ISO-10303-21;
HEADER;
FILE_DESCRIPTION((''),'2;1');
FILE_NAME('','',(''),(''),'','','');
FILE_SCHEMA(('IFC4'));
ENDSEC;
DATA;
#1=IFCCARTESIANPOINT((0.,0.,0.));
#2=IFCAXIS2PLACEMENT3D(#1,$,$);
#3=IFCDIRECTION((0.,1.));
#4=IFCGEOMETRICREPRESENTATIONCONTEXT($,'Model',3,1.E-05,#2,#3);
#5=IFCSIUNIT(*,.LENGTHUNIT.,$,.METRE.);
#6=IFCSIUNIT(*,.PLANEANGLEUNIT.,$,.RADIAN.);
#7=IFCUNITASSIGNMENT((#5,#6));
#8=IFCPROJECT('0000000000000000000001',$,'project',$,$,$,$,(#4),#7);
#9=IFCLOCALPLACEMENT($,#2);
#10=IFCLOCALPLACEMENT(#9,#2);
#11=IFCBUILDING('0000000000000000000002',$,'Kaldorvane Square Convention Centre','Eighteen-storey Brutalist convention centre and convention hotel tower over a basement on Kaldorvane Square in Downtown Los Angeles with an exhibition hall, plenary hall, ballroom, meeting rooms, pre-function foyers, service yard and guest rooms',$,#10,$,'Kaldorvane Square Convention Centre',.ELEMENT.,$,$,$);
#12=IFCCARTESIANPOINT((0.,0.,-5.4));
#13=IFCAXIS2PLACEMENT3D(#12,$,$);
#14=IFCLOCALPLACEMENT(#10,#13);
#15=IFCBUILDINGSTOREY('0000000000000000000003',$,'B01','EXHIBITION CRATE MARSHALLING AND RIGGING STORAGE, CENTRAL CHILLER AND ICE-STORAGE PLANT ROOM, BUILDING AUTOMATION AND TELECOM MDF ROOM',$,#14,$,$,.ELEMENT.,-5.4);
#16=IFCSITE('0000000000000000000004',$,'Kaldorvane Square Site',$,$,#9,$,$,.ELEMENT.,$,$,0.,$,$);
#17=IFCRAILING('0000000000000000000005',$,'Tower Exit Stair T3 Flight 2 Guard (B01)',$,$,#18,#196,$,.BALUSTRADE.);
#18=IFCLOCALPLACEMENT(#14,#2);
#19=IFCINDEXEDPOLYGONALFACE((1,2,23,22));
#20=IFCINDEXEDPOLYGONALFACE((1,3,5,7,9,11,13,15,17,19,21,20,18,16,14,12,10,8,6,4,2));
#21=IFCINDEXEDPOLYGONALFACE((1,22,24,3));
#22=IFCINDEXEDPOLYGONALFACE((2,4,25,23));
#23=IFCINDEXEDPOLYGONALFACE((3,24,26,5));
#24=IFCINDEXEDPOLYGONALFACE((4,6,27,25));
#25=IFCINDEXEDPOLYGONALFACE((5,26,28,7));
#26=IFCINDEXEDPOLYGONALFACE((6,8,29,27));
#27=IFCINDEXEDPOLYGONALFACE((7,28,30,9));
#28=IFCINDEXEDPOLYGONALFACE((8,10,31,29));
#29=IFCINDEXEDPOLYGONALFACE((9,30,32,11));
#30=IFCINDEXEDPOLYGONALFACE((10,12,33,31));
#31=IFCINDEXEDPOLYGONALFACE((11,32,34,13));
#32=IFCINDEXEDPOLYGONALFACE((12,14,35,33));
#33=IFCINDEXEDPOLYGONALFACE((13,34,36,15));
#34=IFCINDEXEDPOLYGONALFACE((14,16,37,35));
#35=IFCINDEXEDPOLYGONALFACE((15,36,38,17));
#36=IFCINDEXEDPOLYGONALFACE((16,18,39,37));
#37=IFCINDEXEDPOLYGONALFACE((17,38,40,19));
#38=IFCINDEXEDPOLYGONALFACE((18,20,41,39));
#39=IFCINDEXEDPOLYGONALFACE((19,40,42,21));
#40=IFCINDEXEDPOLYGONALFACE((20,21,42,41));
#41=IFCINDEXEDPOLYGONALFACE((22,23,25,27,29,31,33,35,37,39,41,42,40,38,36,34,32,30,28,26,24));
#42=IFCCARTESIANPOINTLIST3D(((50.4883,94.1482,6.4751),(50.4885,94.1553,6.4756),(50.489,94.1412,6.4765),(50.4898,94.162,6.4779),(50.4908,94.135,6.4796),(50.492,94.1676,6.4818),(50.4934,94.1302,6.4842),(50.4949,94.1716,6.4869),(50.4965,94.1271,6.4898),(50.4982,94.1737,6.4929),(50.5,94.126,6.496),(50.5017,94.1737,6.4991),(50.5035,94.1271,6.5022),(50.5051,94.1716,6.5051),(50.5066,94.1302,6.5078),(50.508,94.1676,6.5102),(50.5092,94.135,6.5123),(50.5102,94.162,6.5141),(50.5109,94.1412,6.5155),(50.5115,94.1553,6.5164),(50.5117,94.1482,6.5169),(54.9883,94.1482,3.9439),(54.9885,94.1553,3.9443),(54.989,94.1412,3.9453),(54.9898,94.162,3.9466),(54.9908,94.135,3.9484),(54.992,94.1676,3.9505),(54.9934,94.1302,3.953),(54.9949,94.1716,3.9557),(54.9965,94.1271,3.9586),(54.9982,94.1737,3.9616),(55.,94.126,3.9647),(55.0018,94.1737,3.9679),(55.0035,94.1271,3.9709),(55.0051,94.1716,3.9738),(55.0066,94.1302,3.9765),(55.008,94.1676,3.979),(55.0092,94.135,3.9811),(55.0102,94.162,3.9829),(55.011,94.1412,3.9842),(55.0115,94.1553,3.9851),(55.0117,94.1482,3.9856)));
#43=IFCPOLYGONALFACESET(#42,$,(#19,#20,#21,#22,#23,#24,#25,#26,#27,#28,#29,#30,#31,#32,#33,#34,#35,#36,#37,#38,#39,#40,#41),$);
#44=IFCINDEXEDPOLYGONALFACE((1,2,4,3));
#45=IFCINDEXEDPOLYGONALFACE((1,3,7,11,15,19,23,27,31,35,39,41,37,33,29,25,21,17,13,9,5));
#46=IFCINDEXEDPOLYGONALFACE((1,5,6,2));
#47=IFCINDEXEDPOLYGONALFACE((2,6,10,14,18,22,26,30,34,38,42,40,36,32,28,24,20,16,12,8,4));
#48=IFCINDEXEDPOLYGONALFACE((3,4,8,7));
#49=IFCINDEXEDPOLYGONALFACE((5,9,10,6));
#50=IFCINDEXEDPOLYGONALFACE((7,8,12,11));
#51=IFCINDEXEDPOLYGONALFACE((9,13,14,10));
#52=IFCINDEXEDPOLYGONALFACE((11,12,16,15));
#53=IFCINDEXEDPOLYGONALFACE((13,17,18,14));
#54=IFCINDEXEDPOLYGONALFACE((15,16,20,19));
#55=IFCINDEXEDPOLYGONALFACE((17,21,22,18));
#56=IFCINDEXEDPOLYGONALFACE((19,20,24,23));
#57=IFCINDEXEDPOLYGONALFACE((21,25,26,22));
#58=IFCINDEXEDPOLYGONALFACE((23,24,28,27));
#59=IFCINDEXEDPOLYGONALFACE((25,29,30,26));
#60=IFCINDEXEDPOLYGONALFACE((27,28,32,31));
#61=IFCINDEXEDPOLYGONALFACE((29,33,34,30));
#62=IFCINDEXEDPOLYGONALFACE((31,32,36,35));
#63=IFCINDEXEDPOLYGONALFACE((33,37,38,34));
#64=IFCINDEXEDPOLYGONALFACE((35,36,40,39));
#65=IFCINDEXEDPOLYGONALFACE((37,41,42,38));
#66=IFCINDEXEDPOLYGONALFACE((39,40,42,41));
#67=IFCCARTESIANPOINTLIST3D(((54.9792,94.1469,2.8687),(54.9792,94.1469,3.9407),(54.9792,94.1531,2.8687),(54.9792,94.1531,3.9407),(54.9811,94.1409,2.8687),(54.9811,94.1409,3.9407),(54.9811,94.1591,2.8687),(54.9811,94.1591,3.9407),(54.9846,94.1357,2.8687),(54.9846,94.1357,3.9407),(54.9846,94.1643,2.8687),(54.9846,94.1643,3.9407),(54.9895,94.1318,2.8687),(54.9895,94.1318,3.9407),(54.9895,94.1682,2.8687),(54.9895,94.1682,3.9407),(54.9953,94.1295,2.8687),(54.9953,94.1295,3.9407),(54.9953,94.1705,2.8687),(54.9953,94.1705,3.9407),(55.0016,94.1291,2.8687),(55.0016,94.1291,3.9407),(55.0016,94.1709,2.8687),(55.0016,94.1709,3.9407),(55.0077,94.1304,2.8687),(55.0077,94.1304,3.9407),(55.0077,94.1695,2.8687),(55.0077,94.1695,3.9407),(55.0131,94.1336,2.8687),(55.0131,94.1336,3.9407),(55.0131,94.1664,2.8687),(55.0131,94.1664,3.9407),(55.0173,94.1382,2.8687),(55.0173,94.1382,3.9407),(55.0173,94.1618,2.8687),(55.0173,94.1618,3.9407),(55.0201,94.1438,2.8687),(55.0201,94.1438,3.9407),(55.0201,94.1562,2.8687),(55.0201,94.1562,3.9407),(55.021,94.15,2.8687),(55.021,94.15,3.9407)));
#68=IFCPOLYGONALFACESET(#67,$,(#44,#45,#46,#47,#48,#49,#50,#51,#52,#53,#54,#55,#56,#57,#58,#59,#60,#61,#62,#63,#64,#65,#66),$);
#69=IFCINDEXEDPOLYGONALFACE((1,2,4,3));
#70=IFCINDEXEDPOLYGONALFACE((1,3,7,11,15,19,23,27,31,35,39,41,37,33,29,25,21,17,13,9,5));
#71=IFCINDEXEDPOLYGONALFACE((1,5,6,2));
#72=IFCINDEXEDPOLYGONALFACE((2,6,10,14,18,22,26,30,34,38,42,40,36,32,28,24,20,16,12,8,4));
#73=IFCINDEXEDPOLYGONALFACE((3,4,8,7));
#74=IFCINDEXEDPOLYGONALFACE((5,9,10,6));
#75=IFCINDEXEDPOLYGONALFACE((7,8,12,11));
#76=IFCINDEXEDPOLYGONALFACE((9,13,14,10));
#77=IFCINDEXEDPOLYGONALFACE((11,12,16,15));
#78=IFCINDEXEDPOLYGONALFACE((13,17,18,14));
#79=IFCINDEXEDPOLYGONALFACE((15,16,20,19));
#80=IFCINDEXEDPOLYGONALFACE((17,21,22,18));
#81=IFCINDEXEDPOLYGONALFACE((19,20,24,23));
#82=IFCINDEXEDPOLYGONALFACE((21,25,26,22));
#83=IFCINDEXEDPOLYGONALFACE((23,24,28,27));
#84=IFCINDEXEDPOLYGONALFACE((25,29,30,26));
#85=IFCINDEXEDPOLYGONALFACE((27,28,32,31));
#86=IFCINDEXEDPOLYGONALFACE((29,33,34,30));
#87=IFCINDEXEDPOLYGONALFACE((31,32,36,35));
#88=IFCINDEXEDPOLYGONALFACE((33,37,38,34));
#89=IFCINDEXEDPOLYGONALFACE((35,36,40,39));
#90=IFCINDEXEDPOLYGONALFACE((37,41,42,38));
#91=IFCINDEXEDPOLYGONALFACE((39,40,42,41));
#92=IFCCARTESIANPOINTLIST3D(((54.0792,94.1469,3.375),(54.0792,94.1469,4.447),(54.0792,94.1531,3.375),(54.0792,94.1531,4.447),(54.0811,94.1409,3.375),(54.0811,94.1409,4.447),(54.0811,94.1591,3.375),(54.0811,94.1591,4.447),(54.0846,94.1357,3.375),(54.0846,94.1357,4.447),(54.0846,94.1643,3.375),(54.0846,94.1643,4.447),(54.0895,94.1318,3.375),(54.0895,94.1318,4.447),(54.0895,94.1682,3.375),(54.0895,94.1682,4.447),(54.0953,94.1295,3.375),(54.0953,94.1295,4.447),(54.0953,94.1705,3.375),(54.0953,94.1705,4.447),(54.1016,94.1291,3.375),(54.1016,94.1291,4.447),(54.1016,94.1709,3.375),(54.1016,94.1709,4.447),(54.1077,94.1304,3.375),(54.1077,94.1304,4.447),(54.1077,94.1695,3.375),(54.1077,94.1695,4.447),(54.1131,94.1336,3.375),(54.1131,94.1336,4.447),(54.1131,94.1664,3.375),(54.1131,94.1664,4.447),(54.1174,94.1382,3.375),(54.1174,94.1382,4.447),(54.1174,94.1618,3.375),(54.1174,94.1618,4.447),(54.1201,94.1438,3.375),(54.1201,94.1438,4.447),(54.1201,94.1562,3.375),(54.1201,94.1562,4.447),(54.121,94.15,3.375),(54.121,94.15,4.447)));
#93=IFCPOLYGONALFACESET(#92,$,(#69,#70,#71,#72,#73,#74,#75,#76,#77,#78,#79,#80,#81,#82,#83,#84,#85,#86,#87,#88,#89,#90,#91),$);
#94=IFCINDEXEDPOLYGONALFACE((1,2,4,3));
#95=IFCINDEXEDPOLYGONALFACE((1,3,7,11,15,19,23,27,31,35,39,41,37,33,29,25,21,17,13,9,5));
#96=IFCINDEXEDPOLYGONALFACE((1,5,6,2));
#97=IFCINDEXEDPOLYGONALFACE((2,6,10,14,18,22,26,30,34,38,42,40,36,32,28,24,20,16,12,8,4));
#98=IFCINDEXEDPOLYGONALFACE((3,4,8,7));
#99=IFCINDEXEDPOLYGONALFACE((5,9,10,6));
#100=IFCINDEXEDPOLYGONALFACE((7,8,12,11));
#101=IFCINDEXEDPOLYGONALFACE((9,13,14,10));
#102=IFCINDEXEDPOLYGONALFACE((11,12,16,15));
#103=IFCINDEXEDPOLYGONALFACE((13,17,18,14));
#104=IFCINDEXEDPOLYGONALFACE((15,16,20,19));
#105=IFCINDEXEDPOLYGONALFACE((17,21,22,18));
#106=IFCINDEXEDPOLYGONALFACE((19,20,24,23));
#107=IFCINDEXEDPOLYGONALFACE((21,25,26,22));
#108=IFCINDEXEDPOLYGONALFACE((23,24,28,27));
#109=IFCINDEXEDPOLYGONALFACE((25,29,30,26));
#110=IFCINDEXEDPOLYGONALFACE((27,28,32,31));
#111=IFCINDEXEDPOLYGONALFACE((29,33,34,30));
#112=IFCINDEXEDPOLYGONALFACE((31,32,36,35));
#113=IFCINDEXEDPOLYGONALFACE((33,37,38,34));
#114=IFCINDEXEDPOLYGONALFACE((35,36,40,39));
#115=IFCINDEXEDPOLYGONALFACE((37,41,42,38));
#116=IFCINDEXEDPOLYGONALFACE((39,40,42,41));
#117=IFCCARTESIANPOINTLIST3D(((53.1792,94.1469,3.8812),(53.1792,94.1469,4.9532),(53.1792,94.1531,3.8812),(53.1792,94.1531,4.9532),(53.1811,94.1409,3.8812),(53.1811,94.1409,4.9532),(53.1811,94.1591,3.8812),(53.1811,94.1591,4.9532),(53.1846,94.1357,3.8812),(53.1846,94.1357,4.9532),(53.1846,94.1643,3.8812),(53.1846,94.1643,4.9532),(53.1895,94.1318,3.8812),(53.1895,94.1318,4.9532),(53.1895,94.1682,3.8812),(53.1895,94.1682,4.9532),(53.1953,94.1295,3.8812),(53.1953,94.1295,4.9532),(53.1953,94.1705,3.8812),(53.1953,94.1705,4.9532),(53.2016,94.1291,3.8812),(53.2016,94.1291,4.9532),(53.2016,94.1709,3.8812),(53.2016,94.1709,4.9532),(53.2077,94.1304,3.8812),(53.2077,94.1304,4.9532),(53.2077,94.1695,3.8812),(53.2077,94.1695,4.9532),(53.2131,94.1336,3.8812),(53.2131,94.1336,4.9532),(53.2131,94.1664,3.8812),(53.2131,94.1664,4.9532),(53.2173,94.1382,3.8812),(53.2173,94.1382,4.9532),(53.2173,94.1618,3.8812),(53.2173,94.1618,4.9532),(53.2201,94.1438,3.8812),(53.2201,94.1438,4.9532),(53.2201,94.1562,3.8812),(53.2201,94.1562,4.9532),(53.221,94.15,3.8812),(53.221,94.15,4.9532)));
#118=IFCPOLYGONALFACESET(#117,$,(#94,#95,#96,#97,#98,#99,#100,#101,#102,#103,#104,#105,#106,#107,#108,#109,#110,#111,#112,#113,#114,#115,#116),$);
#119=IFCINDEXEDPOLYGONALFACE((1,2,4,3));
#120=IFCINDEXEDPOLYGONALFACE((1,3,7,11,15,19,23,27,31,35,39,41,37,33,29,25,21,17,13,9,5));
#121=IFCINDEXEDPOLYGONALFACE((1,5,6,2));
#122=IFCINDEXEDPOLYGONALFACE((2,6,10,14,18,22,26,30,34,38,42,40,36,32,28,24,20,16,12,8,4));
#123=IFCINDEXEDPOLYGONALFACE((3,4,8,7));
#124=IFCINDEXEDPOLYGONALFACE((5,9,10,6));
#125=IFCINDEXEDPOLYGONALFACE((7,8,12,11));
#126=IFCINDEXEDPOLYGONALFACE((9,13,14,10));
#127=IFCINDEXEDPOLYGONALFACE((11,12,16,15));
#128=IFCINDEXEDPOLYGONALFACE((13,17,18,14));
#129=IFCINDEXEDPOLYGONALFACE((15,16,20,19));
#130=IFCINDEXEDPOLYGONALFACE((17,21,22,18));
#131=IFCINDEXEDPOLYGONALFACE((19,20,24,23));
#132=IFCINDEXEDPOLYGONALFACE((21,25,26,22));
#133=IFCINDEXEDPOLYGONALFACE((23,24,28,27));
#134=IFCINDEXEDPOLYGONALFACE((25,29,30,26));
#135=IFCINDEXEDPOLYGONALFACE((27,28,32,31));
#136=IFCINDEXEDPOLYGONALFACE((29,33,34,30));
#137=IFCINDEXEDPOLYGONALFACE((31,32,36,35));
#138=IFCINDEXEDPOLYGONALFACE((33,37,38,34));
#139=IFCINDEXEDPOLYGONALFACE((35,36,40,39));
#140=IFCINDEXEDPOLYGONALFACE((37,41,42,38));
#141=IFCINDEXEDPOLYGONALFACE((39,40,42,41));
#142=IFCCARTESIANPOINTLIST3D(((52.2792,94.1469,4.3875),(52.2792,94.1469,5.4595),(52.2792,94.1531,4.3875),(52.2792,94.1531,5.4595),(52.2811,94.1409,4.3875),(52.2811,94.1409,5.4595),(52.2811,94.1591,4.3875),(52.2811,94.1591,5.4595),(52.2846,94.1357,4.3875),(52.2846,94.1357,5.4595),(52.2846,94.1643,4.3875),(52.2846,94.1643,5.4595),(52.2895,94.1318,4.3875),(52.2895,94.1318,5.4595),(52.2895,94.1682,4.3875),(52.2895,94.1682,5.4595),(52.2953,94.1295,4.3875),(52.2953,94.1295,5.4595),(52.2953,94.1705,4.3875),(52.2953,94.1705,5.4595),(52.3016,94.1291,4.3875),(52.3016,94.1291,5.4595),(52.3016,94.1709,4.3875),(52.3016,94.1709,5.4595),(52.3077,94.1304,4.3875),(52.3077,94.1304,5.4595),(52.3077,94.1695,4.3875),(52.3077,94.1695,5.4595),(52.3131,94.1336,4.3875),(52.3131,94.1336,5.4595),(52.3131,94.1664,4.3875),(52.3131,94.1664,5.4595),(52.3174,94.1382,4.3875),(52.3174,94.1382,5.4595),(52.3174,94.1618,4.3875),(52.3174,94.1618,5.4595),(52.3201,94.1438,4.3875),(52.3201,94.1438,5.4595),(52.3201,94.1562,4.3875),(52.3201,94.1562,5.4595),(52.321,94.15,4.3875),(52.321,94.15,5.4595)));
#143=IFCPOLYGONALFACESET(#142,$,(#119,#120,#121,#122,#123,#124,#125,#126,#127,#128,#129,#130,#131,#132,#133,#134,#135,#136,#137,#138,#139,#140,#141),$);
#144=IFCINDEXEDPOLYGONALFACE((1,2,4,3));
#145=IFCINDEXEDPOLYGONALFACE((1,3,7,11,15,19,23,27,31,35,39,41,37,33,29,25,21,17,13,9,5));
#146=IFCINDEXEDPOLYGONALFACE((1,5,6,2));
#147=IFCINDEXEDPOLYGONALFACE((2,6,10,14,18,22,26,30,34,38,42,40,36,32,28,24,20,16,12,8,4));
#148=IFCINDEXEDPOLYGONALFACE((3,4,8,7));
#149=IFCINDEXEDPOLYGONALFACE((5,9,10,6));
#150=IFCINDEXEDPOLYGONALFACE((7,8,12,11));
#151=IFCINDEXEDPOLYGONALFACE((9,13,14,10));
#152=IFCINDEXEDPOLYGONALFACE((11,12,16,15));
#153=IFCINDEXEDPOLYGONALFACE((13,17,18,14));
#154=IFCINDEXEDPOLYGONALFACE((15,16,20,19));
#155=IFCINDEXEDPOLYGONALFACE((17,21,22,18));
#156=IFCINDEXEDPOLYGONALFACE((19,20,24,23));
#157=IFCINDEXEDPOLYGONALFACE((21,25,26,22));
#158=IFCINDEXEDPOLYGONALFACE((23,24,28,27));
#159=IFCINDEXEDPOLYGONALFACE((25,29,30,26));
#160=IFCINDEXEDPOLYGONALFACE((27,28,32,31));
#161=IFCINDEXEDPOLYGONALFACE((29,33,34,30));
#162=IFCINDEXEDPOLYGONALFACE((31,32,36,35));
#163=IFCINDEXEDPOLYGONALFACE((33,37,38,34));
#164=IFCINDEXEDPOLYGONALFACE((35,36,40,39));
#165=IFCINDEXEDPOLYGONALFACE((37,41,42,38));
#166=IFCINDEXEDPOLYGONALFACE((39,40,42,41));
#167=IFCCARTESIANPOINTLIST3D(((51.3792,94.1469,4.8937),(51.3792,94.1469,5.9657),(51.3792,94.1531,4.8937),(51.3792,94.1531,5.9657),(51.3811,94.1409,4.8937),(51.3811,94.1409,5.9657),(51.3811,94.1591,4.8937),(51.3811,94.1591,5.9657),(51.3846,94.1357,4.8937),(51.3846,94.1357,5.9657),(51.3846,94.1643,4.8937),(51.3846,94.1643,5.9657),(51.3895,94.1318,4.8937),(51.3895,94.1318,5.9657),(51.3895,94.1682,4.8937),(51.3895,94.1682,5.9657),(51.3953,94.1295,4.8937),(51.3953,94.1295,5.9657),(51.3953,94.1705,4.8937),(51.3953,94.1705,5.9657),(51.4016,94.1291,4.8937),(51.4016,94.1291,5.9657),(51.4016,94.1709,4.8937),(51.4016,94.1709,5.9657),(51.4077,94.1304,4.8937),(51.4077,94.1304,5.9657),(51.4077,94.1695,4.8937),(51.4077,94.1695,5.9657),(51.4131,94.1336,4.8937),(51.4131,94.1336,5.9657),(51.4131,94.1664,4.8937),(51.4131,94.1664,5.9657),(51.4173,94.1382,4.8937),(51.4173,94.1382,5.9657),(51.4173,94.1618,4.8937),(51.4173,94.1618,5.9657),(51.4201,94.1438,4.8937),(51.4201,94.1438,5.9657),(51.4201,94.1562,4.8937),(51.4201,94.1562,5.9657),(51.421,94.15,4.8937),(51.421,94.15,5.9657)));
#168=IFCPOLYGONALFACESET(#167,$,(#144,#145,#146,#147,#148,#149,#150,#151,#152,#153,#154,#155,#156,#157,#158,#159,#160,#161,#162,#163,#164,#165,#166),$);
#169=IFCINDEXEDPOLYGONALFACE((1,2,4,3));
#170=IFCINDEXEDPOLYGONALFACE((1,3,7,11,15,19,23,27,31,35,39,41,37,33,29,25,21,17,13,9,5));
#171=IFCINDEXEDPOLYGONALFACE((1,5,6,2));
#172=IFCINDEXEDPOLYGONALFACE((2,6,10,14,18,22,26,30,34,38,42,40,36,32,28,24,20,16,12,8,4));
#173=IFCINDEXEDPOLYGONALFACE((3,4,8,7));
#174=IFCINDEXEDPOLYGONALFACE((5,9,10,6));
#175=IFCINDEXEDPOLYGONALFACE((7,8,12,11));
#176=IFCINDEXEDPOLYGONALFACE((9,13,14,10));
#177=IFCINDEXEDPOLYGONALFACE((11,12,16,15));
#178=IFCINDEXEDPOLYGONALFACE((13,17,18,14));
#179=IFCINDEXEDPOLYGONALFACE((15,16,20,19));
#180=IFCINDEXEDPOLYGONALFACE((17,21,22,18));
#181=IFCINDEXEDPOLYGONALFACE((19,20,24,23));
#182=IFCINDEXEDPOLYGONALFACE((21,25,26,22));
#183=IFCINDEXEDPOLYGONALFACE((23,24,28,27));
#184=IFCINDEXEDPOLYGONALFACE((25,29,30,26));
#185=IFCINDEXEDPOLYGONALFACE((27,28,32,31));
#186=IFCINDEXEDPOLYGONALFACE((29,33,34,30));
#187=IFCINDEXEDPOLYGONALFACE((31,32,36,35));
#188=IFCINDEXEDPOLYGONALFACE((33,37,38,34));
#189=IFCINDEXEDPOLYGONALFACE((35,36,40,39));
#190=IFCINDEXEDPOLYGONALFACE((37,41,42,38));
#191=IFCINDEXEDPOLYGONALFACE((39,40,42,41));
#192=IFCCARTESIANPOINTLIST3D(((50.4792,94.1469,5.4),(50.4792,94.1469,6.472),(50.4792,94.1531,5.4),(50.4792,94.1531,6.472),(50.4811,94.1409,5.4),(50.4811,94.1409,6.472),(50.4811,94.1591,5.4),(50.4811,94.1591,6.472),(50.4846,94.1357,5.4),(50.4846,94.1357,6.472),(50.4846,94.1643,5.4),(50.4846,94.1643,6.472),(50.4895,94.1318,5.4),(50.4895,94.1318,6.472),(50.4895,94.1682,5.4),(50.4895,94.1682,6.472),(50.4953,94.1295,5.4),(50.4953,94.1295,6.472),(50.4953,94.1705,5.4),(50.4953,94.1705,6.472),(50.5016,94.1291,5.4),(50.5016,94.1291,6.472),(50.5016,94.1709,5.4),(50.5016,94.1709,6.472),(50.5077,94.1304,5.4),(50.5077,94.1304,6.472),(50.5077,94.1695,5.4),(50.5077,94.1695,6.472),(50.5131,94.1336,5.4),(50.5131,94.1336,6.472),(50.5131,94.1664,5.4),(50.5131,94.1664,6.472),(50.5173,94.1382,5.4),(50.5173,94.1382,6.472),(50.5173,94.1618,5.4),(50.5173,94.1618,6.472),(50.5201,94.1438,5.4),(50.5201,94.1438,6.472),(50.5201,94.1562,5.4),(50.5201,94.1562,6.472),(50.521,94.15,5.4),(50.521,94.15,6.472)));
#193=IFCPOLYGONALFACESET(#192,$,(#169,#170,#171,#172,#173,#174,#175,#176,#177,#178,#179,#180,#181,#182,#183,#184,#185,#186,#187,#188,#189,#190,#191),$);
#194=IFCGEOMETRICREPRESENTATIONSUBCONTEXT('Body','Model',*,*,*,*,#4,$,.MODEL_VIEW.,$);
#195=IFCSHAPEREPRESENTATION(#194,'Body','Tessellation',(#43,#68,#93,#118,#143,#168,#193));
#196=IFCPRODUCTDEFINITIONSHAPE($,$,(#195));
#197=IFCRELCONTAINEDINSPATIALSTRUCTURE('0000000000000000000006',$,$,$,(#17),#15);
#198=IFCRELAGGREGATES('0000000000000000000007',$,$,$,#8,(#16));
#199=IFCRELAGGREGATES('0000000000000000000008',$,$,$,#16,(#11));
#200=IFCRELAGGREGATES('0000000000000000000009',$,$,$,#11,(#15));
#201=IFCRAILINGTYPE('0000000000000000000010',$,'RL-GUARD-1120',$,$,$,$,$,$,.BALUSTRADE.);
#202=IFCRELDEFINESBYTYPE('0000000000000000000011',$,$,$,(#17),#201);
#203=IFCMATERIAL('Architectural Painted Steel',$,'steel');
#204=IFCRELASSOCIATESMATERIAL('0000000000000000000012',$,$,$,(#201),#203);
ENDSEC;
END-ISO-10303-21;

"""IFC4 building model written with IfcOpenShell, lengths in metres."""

from ifc_helpers import new_model, si_unit, direction, frame, origin, origin_2d, place, context, subcontext, project, spatial, circle, extrude, material, type_object, element, save


model = new_model("IFC4")

# Units and contexts
model_context = context("Model", 3, precision=1e-05, world=origin(), true_north=direction((0.0, 1.0)))
body_context = subcontext(model_context, "Body", "Model", "MODEL_VIEW")
ifc_project = project(units=[si_unit("LENGTHUNIT", "METRE"), si_unit("PLANEANGLEUNIT", "RADIAN")], contexts=[model_context])

# Site, building, storey
site_placement = place(None, origin())
site = spatial("IfcSite", under=ifc_project, at=site_placement, Name="Kaldorvane Square Site", CompositionType="ELEMENT", RefElevation=0.0)
building_placement = place(site_placement, origin())
building = spatial("IfcBuilding", under=site, at=building_placement, Name="Kaldorvane Square Convention Centre", Description="Eighteen-storey Brutalist convention centre and convention hotel tower over a basement on Kaldorvane Square in Downtown Los Angeles with an exhibition hall, plenary hall, ballroom, meeting rooms, pre-function foyers, service yard and guest rooms", LongName="Kaldorvane Square Convention Centre", CompositionType="ELEMENT")
storey_placement = place(building_placement, frame((0.0, 0.0, -5.4)))
storey = spatial("IfcBuildingStorey", under=building, at=storey_placement, Name="B01", Description="EXHIBITION CRATE MARSHALLING AND RIGGING STORAGE, CENTRAL CHILLER AND ICE-STORAGE PLANT ROOM, BUILDING AUTOMATION AND TELECOM MDF ROOM", CompositionType="ELEMENT", Elevation=-5.4)

# Railing
ifc_material_1 = material(Name="Architectural Painted Steel", Category="steel")
railing_type_1 = type_object("IfcRailingType", Name="RL-GUARD-1120", PredefinedType="BALUSTRADE", material=ifc_material_1)
railing_1_placement = place(storey_placement, frame((55.0, 94.15, 2.8687)))
element("IfcRailing", 1, at=railing_1_placement, inside=storey, type_object=railing_type_1, Name="Tower Exit Stair T3 Flight 2 Guard (B01)", PredefinedType="BALUSTRADE", context=body_context, shape_type="SweptSolid", body=[
    extrude(circle(Radius=0.024, at=origin_2d()), frame((0.0, 0.0, 1.096), z_axis=(-0.871576, 0.0, 0.490261), x_axis=(0.0, -1.0, 0.0)), (0.0, 0.0, 1.0), 5.1631),
    extrude(circle(Radius=0.021, at=origin_2d()), origin(), (0.0, 0.0, 1.0), 1.072),
    extrude(circle(Radius=0.021, at=origin_2d()), frame((-0.9, 0.0, 0.5063)), (0.0, 0.0, 1.0), 1.072),
    extrude(circle(Radius=0.021, at=origin_2d()), frame((-1.8, 0.0, 1.0125)), (0.0, 0.0, 1.0), 1.072),
    extrude(circle(Radius=0.021, at=origin_2d()), frame((-2.7, 0.0, 1.5188)), (0.0, 0.0, 1.0), 1.072),
    extrude(circle(Radius=0.021, at=origin_2d()), frame((-3.6, 0.0, 2.025)), (0.0, 0.0, 1.0), 1.072),
    extrude(circle(Radius=0.021, at=origin_2d()), frame((-4.5, 0.0, 2.5312)), (0.0, 0.0, 1.0), 1.072),
])

save(model, "model.ifc")
